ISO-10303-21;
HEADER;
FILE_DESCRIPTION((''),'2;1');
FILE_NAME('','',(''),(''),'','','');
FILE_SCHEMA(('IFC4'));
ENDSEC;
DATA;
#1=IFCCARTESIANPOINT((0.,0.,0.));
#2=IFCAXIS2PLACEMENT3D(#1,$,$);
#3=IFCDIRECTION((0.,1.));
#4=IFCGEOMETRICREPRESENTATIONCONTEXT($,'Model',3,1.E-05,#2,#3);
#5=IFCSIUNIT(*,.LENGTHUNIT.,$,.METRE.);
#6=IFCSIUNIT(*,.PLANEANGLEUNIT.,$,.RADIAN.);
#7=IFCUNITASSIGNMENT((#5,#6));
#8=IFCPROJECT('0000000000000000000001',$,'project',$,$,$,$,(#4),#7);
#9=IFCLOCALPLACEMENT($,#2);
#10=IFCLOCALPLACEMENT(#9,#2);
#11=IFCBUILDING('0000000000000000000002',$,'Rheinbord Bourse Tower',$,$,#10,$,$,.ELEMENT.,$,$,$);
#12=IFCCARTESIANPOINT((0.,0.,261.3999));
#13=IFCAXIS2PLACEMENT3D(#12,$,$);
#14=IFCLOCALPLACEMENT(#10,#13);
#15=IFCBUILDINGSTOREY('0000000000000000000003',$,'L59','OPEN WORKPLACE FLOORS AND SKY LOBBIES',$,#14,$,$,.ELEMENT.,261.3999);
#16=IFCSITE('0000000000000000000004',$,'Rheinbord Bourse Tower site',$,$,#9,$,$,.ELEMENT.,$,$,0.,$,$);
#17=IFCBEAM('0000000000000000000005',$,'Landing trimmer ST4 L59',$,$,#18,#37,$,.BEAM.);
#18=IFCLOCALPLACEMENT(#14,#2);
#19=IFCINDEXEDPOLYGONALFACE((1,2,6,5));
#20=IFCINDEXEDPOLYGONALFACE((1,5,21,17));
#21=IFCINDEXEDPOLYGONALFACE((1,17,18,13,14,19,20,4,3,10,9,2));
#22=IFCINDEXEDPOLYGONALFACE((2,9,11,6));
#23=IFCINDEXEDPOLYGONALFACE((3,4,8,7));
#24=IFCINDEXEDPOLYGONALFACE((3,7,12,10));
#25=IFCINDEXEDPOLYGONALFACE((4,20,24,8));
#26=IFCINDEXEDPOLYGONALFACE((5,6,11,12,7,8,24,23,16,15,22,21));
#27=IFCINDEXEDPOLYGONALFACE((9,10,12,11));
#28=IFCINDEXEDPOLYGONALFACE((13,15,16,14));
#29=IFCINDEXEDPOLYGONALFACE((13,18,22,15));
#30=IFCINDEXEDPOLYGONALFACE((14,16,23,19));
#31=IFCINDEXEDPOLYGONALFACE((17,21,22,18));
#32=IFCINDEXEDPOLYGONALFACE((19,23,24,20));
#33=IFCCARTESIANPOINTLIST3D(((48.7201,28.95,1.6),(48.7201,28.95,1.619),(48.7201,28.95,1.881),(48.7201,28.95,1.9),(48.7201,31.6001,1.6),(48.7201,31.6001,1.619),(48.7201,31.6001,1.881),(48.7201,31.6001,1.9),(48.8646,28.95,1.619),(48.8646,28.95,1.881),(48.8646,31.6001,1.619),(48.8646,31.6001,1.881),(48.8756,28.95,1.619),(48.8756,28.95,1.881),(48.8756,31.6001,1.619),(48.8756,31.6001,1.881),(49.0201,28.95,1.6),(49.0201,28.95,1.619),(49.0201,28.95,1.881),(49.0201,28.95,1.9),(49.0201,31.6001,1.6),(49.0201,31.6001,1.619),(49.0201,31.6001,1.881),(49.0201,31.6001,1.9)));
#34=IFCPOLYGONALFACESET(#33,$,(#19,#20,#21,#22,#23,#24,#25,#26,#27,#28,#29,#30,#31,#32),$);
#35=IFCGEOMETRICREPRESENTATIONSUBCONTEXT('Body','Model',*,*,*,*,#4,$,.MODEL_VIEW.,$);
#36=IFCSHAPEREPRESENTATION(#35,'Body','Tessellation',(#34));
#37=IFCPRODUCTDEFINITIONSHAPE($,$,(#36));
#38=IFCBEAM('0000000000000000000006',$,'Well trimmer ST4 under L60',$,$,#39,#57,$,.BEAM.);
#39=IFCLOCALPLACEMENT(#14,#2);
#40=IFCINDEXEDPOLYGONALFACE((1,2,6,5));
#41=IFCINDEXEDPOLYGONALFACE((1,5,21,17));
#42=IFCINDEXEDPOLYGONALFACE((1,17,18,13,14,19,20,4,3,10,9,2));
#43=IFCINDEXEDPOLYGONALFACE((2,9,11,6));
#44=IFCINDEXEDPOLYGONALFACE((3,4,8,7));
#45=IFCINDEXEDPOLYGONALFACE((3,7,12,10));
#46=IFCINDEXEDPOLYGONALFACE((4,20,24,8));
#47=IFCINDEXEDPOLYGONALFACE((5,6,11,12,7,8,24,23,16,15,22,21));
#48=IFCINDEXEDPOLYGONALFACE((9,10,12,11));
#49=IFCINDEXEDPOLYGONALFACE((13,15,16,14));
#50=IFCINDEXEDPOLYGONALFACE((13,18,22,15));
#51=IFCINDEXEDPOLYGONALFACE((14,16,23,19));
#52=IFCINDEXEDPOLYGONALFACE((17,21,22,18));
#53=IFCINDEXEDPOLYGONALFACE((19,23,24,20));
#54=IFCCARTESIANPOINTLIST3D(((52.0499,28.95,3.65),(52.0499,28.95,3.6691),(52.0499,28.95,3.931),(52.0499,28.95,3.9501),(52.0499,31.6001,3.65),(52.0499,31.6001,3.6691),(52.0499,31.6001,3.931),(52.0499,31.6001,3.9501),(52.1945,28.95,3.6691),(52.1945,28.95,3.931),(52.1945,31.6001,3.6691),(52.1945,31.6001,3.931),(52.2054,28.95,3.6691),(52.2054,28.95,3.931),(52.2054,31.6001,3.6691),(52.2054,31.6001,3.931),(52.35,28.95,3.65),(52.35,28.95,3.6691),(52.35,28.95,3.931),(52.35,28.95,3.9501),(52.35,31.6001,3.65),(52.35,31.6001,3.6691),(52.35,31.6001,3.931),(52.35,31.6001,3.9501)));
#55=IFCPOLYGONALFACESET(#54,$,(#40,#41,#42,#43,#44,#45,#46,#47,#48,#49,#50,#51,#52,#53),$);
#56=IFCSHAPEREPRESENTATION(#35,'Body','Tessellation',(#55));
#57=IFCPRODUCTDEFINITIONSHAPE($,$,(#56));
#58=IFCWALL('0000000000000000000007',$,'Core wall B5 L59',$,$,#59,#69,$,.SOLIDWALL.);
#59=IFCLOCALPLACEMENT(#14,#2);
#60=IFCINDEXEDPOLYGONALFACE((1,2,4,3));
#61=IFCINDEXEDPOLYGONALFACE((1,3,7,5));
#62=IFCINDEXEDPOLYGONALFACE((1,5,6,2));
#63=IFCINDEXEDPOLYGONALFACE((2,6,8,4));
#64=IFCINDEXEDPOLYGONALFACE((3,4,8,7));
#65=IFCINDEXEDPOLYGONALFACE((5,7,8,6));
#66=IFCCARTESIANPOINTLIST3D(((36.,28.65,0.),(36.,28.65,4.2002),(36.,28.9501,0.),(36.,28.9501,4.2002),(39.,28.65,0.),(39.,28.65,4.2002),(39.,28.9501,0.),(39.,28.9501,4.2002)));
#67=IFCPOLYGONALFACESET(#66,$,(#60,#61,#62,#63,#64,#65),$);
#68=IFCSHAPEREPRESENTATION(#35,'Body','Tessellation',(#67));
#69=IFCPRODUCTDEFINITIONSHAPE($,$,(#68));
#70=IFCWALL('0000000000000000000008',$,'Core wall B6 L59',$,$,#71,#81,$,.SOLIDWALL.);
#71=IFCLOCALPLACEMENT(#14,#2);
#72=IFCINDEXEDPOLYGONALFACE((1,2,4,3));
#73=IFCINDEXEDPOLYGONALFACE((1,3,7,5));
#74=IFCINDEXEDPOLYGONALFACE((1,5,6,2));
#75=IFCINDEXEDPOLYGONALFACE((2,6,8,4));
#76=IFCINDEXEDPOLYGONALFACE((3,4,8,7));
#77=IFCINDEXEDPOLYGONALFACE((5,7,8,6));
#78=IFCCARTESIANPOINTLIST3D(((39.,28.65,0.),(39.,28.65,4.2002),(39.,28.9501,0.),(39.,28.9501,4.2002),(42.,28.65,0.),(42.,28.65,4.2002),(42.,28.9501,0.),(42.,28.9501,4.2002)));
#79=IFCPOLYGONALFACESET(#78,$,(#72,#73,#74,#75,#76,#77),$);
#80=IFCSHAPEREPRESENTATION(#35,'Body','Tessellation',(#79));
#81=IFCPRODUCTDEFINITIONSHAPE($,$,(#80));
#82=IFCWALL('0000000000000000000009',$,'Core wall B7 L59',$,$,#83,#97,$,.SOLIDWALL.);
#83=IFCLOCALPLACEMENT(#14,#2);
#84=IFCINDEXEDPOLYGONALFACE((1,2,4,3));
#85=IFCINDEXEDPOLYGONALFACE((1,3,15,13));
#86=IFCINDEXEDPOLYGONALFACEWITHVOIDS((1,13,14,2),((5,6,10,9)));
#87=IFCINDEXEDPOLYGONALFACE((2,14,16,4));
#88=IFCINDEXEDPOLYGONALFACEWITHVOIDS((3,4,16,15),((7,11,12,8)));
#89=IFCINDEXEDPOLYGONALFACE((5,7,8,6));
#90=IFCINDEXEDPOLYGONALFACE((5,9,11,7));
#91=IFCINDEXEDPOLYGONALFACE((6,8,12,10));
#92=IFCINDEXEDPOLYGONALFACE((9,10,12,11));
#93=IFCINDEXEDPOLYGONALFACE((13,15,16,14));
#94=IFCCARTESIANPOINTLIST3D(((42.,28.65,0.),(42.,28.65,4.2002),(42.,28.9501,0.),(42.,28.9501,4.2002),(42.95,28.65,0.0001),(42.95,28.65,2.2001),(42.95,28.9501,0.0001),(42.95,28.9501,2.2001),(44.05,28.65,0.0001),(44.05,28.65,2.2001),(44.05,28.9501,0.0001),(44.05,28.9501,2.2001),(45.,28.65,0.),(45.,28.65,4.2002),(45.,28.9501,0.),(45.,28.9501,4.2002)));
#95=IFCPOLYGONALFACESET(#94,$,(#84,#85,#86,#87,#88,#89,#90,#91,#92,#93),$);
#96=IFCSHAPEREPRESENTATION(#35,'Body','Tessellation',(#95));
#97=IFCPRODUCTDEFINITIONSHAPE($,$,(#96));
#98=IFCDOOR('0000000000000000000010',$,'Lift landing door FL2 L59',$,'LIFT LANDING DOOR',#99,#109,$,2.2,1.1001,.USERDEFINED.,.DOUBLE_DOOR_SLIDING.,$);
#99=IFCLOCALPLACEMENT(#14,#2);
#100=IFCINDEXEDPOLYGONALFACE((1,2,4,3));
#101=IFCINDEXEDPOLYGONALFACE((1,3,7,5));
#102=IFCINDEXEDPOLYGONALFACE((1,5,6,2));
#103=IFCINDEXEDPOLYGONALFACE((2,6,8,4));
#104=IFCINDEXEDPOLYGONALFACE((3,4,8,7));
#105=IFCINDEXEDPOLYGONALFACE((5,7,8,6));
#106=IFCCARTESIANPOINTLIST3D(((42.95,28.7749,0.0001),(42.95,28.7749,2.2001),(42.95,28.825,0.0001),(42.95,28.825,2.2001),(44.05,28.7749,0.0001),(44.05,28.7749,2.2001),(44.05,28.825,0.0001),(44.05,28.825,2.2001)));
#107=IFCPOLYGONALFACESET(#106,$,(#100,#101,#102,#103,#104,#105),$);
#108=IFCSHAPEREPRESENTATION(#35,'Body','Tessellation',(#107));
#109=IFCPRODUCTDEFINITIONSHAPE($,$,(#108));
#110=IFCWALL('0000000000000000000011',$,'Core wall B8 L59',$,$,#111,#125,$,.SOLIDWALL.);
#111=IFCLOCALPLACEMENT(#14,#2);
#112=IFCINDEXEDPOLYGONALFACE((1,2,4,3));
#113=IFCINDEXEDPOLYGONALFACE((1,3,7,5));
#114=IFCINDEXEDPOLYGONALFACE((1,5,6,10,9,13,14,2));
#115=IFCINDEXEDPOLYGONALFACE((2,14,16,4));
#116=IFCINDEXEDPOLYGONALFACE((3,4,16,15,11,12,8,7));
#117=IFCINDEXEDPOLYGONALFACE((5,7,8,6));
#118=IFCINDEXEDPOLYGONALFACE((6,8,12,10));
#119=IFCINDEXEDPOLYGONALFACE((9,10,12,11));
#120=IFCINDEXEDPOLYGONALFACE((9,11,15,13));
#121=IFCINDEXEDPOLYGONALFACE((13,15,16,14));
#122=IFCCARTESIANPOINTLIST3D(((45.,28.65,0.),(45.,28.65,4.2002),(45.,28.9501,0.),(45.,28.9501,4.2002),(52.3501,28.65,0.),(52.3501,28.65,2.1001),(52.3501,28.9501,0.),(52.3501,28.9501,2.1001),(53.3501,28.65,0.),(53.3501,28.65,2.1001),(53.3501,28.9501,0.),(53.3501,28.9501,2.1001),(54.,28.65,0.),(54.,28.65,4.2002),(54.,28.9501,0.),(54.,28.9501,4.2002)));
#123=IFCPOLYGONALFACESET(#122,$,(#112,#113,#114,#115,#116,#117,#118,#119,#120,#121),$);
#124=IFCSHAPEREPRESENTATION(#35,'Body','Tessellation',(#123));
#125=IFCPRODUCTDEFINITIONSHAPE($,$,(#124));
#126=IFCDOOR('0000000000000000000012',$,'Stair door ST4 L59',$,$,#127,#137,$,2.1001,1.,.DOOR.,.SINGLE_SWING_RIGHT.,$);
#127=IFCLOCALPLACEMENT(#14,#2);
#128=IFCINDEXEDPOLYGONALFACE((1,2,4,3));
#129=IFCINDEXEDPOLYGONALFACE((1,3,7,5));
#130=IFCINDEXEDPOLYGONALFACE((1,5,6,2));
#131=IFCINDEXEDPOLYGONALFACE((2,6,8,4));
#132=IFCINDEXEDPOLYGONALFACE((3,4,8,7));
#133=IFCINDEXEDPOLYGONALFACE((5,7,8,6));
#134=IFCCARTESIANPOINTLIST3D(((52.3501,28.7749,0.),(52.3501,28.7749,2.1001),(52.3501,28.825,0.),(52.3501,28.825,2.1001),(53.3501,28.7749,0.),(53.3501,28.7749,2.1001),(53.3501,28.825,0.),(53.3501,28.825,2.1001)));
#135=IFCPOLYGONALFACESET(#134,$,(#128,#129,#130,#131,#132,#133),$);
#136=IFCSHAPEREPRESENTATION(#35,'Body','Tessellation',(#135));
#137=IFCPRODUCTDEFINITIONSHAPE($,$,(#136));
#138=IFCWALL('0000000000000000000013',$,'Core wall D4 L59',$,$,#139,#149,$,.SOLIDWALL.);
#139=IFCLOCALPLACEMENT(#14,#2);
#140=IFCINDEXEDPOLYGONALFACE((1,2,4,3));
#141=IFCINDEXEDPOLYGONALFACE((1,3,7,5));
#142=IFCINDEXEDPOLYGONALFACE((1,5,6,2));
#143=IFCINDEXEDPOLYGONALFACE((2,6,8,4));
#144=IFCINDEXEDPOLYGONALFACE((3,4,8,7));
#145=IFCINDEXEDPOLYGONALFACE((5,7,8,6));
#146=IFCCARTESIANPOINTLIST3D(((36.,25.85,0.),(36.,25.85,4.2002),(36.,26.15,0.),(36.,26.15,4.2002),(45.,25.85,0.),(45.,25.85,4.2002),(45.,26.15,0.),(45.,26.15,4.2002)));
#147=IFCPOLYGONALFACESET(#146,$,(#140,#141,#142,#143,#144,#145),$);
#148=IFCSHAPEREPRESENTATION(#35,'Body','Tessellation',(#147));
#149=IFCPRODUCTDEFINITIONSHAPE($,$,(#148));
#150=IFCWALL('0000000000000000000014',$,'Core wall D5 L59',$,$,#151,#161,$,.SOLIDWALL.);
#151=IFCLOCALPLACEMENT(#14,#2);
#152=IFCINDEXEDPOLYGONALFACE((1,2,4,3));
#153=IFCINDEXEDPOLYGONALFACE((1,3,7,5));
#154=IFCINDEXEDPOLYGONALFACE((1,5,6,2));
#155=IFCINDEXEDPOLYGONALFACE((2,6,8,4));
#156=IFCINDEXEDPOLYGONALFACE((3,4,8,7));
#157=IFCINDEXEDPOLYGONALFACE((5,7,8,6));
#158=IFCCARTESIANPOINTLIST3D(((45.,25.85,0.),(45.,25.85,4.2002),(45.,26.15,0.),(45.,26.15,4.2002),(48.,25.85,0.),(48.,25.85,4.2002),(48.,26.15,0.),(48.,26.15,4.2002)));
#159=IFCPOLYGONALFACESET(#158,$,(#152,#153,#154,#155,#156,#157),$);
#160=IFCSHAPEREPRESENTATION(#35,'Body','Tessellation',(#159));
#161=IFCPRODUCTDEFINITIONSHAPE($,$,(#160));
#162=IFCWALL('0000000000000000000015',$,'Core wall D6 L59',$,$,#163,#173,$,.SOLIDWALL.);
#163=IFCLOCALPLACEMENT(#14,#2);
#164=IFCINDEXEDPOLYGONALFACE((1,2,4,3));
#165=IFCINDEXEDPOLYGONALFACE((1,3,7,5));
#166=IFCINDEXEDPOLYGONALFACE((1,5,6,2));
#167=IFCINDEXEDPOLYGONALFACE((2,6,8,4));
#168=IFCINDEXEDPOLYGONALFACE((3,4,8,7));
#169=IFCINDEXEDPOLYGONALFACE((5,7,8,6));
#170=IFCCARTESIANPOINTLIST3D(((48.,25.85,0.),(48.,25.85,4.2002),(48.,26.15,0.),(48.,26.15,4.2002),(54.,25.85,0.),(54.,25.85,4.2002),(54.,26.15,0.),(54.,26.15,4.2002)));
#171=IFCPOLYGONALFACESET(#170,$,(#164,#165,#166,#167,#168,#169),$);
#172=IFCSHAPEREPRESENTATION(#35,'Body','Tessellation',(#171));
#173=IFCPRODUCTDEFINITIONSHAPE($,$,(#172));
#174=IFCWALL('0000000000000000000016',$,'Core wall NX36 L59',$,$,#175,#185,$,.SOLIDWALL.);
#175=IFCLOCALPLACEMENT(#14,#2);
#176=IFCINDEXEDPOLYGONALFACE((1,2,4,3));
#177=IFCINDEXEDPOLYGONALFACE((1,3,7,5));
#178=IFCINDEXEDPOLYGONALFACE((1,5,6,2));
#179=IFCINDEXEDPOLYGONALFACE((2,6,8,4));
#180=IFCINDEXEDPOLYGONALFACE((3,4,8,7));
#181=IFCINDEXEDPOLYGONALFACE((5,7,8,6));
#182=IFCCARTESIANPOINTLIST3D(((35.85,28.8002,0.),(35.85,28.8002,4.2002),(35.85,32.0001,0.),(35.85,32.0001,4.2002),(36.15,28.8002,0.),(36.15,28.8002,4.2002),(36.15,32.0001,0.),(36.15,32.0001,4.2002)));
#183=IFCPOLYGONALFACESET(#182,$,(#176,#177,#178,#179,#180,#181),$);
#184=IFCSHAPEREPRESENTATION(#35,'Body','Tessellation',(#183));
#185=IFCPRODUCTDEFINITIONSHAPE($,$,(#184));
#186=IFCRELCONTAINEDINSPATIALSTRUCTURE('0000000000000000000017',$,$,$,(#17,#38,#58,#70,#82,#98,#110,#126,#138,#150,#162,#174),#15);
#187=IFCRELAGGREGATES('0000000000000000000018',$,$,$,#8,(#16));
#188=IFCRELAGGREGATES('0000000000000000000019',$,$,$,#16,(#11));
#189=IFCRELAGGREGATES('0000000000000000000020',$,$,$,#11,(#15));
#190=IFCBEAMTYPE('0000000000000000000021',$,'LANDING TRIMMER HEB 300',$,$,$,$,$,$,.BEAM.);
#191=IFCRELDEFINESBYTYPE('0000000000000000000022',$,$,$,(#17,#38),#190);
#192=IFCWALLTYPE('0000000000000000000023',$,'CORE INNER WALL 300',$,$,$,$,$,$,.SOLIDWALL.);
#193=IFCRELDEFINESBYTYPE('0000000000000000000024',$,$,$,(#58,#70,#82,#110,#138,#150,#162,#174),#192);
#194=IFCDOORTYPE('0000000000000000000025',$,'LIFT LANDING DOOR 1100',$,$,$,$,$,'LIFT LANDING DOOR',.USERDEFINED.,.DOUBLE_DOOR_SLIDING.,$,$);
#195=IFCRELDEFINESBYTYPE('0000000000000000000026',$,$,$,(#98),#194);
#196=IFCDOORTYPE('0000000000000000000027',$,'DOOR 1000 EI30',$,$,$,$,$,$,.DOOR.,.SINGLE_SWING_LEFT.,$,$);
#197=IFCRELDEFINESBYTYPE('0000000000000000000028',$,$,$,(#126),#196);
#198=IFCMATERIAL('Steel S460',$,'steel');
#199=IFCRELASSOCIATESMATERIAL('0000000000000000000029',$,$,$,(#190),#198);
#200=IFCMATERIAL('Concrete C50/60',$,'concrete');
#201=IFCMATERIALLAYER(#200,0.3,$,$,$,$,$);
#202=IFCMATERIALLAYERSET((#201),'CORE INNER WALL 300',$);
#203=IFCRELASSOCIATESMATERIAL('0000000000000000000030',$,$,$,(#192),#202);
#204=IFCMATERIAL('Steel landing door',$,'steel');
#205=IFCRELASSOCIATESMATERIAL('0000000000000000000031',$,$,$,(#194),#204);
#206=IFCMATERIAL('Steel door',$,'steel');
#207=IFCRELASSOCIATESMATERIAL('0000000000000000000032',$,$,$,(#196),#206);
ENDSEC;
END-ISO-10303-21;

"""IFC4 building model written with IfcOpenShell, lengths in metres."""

from ifc_helpers import new_model, si_unit, direction, frame, frame_2d, origin, origin_2d, place, context, subcontext, project, spatial, rectangle, i_section, extrude, material, layer, layer_set, material_profile, profile_set, type_object, element, fill, save


model = new_model("IFC4")

# Units and contexts
model_context = context("Model", 3, precision=1e-05, world=origin(), true_north=direction((0.0, 1.0)))
body_context = subcontext(model_context, "Body", "Model", "MODEL_VIEW")
ifc_project = project(units=[si_unit("LENGTHUNIT", "METRE"), si_unit("PLANEANGLEUNIT", "RADIAN")], contexts=[model_context])

# Site, building, storey
site_placement = place(None, origin())
site = spatial("IfcSite", under=ifc_project, at=site_placement, Name="Rheinbord Bourse Tower site", CompositionType="ELEMENT", RefElevation=0.0)
building_placement = place(site_placement, origin())
building = spatial("IfcBuilding", under=site, at=building_placement, Name="Rheinbord Bourse Tower", CompositionType="ELEMENT")
storey_placement = place(building_placement, frame((0.0, 0.0, 261.3999)))
storey = spatial("IfcBuildingStorey", under=building, at=storey_placement, Name="L59", Description="OPEN WORKPLACE FLOORS AND SKY LOBBIES", CompositionType="ELEMENT", Elevation=261.3999)

# Beams
ifc_material_1 = material(Name="Steel S460", Category="steel")
ifc_material_profile = material_profile(ifc_material_1, i_section(OverallWidth=0.3, OverallDepth=0.3, WebThickness=0.011, FlangeThickness=0.019, at=origin_2d()), Name="HEB 300")
ifc_profile_set = profile_set([ifc_material_profile], Name="Steel S460")
beam_type = type_object("IfcBeamType", Name="LANDING TRIMMER HEB 300", PredefinedType="BEAM", material=ifc_profile_set)
for number, where, z_axis, x_axis, name in (
    (1, (48.8701, 28.95, 1.75), (0.0, 1.0, 0.0), (-1.0, 0.0, 0.0), "Landing trimmer ST4 L59"),
    (2, (52.2, 28.95, 3.8), (0.0, 1.0, 0.0), (-1.0, 0.0, 0.0), "Well trimmer ST4 under L60"),
):
    element("IfcBeam", number, at=place(storey_placement, frame(where, z_axis=z_axis, x_axis=x_axis)), inside=storey, type_object=beam_type, Name=name, PredefinedType="BEAM", context=body_context, shape_type="SweptSolid", body=[
        extrude(i_section(OverallWidth=0.3, OverallDepth=0.3, WebThickness=0.011, FlangeThickness=0.019, at=origin_2d()), origin(), (0.0, 0.0, 1.0), 2.6501),
    ])

# Walls
ifc_material_2 = material(Name="Concrete C50/60", Category="concrete")
ifc_layer_1 = layer(ifc_material_2, 0.3)
ifc_layer_set_1 = layer_set([ifc_layer_1], Name="CORE INNER WALL 300")
wall_type_1 = type_object("IfcWallType", Name="CORE INNER WALL 300", PredefinedType="SOLIDWALL", material=ifc_layer_set_1)
for number, where, z_axis, x_axis, name in (
    (3, (36.0, 28.8, 0.0), (0.0, 0.0, 1.0), (1.0, 0.0, 0.0), "Core wall B5 L59"),
    (4, (39.0, 28.8, 0.0), (0.0, 0.0, 1.0), (1.0, 0.0, 0.0), "Core wall B6 L59"),
):
    element("IfcWall", number, at=place(storey_placement, frame(where, z_axis=z_axis, x_axis=x_axis)), inside=storey, type_object=wall_type_1, Name=name, PredefinedType="SOLIDWALL", context=body_context, shape_type="SweptSolid", body=[
        extrude(rectangle(XDim=3.0, YDim=0.3, at=frame_2d((1.5, 0.0))), origin(), (0.0, 0.0, 1.0), 4.2002),
    ])

# Walls, openings, doors
wall_1_placement = place(storey_placement, frame((42.0, 28.8, 0.0), z_axis=(0.0, 0.0, 1.0), x_axis=(1.0, 0.0, 0.0)))
wall_1 = element("IfcWall", 5, at=wall_1_placement, inside=storey, type_object=wall_type_1, Name="Core wall B7 L59", PredefinedType="SOLIDWALL", context=body_context, shape_type="SweptSolid", body=[
    extrude(rectangle(XDim=3.0, YDim=0.3, at=frame_2d((1.5, 0.0))), origin(), (0.0, 0.0, 1.0), 4.2002),
])
opening_1_placement = place(wall_1_placement, frame((0.95, 0.0, 0.0)))
opening_1 = element("IfcOpeningElement", 6, at=opening_1_placement, cuts=wall_1, PredefinedType="OPENING", context=body_context, shape_type="SweptSolid", body=[
    extrude(rectangle(XDim=1.1001, YDim=2.2, at=frame_2d((0.55, 1.1001))), frame((0.0, 0.1599, 0.0), z_axis=(0.0, -1.0, 0.0), x_axis=(1.0, 0.0, 0.0)), (0.0, 0.0, 1.0), 0.3201),
])
ifc_material_3 = material(Name="Steel landing door", Category="steel")
door_type_1 = type_object("IfcDoorType", Name="LIFT LANDING DOOR 1100", ElementType="LIFT LANDING DOOR", OperationType="DOUBLE_DOOR_SLIDING", PredefinedType="USERDEFINED", material=ifc_material_3)
door_1_placement = place(opening_1_placement, origin())
door_1 = element("IfcDoor", 7, at=door_1_placement, inside=storey, type_object=door_type_1, Name="Lift landing door FL2 L59", ObjectType="LIFT LANDING DOOR", OperationType="DOUBLE_DOOR_SLIDING", OverallHeight=2.2, OverallWidth=1.1001, PredefinedType="USERDEFINED", context=body_context, shape_type="SweptSolid", body=[
    extrude(rectangle(XDim=1.1001, YDim=2.2, at=frame_2d((0.55, 1.1001))), frame((0.0, 0.0249, 0.0), z_axis=(0.0, -1.0, 0.0), x_axis=(1.0, 0.0, 0.0)), (0.0, 0.0, 1.0), 0.05),
])
fill(opening_1, door_1)
wall_2_placement = place(storey_placement, frame((45.0, 28.8, 0.0), z_axis=(0.0, 0.0, 1.0), x_axis=(1.0, 0.0, 0.0)))
wall_2 = element("IfcWall", 8, at=wall_2_placement, inside=storey, type_object=wall_type_1, Name="Core wall B8 L59", PredefinedType="SOLIDWALL", context=body_context, shape_type="SweptSolid", body=[
    extrude(rectangle(XDim=9.0, YDim=0.3, at=frame_2d((4.5, 0.0))), origin(), (0.0, 0.0, 1.0), 4.2002),
])
opening_2_placement = place(wall_2_placement, frame((7.3501, 0.0, 0.0)))
opening_2 = element("IfcOpeningElement", 9, at=opening_2_placement, cuts=wall_2, PredefinedType="OPENING", context=body_context, shape_type="SweptSolid", body=[
    extrude(rectangle(XDim=1.0, YDim=2.1001, at=frame_2d((0.5, 1.05))), frame((0.0, 0.1599, 0.0), z_axis=(0.0, -1.0, 0.0), x_axis=(1.0, 0.0, 0.0)), (0.0, 0.0, 1.0), 0.3201),
])
ifc_material_4 = material(Name="Steel door", Category="steel")
door_type_2 = type_object("IfcDoorType", Name="DOOR 1000 EI30", OperationType="SINGLE_SWING_LEFT", PredefinedType="DOOR", material=ifc_material_4)
door_2_placement = place(opening_2_placement, origin())
door_2 = element("IfcDoor", 10, at=door_2_placement, inside=storey, type_object=door_type_2, Name="Stair door ST4 L59", OperationType="SINGLE_SWING_RIGHT", OverallHeight=2.1001, OverallWidth=1.0, PredefinedType="DOOR", context=body_context, shape_type="SweptSolid", body=[
    extrude(rectangle(XDim=1.0, YDim=2.1001, at=frame_2d((0.5, 1.05))), frame((0.0, 0.0249, 0.0), z_axis=(0.0, -1.0, 0.0), x_axis=(1.0, 0.0, 0.0)), (0.0, 0.0, 1.0), 0.05),
])
fill(opening_2, door_2)

# Walls
wall_3_placement = place(storey_placement, frame((36.0, 26.0, 0.0), z_axis=(0.0, 0.0, 1.0), x_axis=(1.0, 0.0, 0.0)))
element("IfcWall", 11, at=wall_3_placement, inside=storey, type_object=wall_type_1, Name="Core wall D4 L59", PredefinedType="SOLIDWALL", context=body_context, shape_type="SweptSolid", body=[
    extrude(rectangle(XDim=9.0, YDim=0.3, at=frame_2d((4.5, 0.0))), origin(), (0.0, 0.0, 1.0), 4.2002),
])
wall_4_placement = place(storey_placement, frame((45.0, 26.0, 0.0), z_axis=(0.0, 0.0, 1.0), x_axis=(1.0, 0.0, 0.0)))
element("IfcWall", 12, at=wall_4_placement, inside=storey, type_object=wall_type_1, Name="Core wall D5 L59", PredefinedType="SOLIDWALL", context=body_context, shape_type="SweptSolid", body=[
    extrude(rectangle(XDim=3.0, YDim=0.3, at=frame_2d((1.5, 0.0))), origin(), (0.0, 0.0, 1.0), 4.2002),
])
wall_5_placement = place(storey_placement, frame((48.0, 26.0, 0.0), z_axis=(0.0, 0.0, 1.0), x_axis=(1.0, 0.0, 0.0)))
element("IfcWall", 13, at=wall_5_placement, inside=storey, type_object=wall_type_1, Name="Core wall D6 L59", PredefinedType="SOLIDWALL", context=body_context, shape_type="SweptSolid", body=[
    extrude(rectangle(XDim=6.0, YDim=0.3, at=frame_2d((3.0, 0.0))), origin(), (0.0, 0.0, 1.0), 4.2002),
])
for number, where, z_axis, x_axis, name in (
    (14, (36.0, 28.8, 0.0), (0.0, 0.0, 1.0), (0.0, 1.0, 0.0), "Core wall NX36 L59"),
):
    element("IfcWall", number, at=place(storey_placement, frame(where, z_axis=z_axis, x_axis=x_axis)), inside=storey, type_object=wall_type_1, Name=name, PredefinedType="SOLIDWALL", context=body_context, shape_type="SweptSolid", body=[
        extrude(rectangle(XDim=3.2, YDim=0.3, at=frame_2d((1.6001, 0.0))), origin(), (0.0, 0.0, 1.0), 4.2002),
    ])

save(model, "model.ifc")
